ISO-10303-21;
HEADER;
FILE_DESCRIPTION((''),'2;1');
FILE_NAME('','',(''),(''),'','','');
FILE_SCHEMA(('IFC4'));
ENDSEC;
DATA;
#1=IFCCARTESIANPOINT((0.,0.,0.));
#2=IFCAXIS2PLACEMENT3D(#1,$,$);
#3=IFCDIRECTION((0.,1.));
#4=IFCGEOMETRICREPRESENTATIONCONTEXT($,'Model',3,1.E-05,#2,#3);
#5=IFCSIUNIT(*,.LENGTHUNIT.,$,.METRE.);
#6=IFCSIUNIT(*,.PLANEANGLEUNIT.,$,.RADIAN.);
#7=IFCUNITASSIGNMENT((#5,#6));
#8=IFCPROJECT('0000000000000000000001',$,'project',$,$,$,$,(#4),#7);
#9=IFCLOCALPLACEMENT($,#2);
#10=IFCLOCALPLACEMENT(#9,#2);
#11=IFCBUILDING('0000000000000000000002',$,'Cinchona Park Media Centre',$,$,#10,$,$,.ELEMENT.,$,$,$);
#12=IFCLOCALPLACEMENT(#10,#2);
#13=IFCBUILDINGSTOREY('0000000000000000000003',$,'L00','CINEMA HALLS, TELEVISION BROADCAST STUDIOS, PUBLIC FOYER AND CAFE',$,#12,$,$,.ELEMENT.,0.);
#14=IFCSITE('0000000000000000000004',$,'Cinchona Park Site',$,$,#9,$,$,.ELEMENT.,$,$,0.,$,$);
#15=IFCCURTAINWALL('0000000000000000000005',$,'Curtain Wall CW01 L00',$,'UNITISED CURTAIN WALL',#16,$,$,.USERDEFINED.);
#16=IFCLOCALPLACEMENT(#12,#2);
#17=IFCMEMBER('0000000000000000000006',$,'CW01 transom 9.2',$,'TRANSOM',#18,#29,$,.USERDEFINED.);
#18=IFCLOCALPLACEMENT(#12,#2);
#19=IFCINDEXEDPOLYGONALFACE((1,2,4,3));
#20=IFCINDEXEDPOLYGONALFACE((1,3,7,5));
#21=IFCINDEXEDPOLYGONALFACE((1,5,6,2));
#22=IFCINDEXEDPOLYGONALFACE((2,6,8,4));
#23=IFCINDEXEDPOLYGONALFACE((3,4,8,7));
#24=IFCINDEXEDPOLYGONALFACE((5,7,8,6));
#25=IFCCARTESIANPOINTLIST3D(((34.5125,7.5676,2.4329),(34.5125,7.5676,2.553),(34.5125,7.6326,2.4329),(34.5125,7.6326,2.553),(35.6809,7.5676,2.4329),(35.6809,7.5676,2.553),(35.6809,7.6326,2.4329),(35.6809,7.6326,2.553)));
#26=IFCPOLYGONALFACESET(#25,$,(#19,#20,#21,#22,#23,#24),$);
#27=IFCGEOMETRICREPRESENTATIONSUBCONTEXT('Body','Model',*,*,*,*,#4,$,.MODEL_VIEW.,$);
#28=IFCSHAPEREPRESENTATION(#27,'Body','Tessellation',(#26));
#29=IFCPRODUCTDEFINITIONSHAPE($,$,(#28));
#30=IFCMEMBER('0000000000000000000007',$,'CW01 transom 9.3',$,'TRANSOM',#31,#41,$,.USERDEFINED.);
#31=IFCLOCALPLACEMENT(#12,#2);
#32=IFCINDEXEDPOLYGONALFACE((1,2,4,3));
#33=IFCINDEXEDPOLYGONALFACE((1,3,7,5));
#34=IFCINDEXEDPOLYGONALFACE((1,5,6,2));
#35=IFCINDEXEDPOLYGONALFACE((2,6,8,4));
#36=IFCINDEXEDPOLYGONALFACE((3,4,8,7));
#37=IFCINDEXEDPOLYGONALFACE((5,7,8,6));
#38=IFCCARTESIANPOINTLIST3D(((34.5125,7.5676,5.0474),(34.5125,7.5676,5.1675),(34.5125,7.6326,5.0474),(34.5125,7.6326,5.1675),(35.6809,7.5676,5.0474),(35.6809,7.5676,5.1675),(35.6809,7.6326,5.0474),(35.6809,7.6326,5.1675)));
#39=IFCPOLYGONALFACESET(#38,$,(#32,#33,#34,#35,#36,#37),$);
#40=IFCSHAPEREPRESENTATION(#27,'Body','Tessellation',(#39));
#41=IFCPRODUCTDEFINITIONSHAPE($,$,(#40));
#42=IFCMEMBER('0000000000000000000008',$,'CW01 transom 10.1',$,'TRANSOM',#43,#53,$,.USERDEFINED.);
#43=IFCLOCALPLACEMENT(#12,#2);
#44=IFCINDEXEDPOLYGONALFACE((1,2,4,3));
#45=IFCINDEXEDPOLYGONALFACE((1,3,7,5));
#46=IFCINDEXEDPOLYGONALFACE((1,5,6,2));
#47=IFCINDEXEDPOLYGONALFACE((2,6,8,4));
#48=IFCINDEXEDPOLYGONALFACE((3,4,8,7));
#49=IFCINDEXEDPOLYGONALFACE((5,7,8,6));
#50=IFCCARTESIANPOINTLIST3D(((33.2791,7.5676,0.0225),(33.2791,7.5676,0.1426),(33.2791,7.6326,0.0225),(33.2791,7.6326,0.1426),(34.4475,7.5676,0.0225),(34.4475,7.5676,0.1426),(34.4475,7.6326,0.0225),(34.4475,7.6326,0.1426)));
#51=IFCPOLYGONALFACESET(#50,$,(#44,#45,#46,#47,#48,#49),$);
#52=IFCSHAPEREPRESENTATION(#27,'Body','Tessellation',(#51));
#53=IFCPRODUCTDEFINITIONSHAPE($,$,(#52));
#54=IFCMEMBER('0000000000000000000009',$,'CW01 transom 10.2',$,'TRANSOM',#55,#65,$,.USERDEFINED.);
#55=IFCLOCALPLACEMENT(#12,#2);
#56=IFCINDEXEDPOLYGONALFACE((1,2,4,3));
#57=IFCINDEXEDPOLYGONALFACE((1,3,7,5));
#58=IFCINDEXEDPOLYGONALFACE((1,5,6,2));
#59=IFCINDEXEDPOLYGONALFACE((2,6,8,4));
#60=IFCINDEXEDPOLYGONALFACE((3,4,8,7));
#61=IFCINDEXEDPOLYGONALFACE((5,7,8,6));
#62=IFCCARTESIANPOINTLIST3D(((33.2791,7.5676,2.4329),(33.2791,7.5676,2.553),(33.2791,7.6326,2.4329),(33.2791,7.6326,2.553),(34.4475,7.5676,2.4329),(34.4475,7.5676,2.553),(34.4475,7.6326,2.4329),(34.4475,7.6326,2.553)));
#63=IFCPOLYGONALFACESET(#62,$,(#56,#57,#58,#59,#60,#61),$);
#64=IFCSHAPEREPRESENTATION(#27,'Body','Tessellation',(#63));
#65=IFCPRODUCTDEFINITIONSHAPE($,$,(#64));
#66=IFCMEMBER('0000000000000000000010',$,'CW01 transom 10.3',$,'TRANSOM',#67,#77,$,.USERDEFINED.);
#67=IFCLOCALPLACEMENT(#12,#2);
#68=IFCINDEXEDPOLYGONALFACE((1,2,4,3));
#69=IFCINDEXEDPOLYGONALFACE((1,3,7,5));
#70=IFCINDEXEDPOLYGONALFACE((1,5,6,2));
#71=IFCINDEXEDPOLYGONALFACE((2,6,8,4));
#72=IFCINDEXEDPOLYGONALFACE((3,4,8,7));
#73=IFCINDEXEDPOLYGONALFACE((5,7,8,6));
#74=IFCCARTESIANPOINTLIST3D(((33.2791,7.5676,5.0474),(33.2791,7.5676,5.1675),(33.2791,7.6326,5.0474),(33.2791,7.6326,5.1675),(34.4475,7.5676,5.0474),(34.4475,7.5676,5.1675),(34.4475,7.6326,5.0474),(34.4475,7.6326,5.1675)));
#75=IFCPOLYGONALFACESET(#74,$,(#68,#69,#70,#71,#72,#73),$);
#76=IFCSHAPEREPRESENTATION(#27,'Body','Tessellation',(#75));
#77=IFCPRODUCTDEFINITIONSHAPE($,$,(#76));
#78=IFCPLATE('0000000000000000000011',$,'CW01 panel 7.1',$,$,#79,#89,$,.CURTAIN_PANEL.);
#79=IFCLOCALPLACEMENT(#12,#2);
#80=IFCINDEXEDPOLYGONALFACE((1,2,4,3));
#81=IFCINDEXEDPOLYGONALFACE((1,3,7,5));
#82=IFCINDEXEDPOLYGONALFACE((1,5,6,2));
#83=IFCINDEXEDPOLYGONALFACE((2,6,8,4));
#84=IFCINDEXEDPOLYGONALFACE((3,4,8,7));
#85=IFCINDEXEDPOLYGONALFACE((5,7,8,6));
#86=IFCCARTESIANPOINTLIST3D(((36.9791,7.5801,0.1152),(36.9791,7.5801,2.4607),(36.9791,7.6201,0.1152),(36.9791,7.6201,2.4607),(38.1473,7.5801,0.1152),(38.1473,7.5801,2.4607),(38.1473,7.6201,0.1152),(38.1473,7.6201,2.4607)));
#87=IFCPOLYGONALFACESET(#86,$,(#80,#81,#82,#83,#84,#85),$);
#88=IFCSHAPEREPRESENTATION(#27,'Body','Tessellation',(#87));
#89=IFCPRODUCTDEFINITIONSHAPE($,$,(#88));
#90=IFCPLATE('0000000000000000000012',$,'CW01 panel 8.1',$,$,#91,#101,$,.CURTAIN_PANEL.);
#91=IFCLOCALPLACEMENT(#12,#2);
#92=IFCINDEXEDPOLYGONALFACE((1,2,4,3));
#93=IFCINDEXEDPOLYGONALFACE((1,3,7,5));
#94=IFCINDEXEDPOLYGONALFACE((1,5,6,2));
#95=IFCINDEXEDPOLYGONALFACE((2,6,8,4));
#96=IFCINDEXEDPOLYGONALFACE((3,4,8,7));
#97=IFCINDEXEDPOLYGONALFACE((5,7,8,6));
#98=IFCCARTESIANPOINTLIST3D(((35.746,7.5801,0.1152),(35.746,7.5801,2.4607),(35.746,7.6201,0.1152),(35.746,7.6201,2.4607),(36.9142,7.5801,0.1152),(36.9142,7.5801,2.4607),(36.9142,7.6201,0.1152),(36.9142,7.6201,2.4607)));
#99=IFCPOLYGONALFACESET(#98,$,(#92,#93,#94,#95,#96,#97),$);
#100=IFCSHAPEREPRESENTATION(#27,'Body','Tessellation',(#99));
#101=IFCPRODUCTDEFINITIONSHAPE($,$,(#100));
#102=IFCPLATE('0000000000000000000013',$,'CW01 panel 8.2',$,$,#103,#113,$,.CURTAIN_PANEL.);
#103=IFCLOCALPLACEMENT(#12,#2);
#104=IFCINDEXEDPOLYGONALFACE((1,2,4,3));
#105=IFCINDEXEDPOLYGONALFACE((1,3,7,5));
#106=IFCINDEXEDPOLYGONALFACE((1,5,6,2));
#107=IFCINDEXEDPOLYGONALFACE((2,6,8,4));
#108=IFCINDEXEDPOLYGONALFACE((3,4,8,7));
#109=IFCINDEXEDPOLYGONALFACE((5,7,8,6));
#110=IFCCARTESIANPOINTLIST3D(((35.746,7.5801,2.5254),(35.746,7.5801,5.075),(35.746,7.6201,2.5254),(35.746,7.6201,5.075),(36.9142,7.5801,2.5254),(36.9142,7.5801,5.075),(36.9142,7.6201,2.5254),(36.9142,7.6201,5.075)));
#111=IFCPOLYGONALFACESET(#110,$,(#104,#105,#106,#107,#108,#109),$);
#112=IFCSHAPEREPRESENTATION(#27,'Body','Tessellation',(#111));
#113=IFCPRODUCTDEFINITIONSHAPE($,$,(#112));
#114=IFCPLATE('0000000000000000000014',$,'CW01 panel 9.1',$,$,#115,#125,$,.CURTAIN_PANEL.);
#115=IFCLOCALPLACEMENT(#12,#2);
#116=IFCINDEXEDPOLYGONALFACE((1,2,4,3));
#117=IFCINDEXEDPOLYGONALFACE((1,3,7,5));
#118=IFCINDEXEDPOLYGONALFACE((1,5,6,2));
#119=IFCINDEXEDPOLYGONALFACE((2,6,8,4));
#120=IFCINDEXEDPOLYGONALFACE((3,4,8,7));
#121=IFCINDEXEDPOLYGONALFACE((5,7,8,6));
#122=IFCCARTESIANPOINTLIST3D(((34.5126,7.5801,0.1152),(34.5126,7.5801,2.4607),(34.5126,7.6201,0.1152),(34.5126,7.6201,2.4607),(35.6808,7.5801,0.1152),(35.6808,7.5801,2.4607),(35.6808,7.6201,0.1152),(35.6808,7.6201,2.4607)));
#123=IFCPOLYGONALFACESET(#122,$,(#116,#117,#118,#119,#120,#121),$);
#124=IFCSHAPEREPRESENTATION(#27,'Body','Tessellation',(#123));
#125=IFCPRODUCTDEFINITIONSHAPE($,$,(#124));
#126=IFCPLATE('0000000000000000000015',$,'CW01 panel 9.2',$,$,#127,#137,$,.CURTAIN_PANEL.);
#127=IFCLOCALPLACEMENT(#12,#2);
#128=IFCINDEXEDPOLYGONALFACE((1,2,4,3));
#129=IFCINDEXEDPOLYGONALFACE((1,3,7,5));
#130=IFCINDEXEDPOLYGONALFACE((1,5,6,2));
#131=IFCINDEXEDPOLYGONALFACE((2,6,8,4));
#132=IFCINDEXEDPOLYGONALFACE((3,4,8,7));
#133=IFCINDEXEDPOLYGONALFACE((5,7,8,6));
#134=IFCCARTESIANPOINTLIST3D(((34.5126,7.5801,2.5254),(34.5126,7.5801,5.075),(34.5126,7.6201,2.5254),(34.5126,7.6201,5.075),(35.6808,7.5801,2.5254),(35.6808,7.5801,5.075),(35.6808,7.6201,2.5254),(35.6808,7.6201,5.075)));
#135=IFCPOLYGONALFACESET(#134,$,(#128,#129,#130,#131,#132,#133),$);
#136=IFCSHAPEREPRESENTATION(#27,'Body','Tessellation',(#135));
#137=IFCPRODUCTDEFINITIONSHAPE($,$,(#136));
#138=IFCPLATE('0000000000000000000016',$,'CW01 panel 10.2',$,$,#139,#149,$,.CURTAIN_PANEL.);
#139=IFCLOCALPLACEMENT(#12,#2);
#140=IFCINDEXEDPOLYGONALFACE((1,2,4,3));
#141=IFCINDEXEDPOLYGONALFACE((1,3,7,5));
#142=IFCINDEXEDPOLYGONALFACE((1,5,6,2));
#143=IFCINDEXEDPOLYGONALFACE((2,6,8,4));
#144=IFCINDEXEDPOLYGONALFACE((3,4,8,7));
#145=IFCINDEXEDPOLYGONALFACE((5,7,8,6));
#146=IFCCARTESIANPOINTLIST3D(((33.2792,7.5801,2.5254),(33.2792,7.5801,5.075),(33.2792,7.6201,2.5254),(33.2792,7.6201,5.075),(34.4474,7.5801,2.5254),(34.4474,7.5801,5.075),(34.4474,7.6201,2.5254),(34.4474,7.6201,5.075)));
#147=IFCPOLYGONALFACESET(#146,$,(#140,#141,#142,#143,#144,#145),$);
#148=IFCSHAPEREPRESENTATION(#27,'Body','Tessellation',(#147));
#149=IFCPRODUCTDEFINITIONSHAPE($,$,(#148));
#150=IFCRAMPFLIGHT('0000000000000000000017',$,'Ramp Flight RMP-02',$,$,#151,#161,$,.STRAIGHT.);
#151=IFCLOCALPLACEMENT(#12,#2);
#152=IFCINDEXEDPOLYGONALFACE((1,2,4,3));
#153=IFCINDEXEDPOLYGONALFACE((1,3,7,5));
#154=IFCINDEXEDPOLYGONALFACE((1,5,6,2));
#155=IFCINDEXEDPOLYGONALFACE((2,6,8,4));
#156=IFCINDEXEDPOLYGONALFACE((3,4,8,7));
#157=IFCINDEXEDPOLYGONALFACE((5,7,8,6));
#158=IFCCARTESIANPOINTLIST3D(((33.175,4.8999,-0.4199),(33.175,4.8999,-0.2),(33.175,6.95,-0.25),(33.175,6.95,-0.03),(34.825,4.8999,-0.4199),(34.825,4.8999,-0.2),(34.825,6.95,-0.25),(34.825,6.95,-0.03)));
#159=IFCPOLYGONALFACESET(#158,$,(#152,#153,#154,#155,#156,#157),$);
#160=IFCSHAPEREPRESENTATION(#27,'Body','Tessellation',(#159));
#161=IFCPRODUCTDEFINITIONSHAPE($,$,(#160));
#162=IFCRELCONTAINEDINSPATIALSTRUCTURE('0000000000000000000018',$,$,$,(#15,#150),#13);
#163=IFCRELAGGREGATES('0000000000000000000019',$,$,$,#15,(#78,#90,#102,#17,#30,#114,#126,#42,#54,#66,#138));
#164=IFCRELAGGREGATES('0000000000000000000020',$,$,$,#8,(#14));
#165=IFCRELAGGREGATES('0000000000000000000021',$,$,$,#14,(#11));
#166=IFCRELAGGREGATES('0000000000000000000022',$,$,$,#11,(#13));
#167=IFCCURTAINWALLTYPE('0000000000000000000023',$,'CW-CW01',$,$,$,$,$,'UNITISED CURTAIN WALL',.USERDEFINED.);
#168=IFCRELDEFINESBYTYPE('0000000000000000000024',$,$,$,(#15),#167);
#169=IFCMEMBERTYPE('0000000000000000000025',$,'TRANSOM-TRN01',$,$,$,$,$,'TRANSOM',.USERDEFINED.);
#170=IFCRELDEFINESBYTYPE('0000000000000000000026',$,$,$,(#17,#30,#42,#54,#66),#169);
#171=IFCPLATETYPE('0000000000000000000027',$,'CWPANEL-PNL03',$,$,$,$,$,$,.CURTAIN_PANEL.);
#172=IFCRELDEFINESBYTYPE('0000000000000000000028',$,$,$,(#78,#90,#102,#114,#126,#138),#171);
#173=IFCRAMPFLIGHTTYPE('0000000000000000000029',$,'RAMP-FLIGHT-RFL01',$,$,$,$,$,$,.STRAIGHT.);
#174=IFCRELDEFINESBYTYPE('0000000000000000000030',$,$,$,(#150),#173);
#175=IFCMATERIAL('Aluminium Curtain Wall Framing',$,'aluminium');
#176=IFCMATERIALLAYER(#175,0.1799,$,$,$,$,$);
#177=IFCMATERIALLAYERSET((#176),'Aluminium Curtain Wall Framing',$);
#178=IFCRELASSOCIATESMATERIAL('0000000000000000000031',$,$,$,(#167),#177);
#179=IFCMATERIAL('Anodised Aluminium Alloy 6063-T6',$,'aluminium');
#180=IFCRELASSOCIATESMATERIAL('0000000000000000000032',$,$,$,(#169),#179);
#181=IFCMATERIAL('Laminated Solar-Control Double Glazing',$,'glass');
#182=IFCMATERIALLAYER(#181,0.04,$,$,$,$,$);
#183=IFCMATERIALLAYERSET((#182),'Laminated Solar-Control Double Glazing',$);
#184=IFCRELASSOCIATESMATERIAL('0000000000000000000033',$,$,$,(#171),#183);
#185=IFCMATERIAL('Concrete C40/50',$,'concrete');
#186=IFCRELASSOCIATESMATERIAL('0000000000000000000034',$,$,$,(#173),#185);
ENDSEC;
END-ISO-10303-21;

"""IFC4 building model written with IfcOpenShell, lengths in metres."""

from ifc_helpers import new_model, si_unit, direction, frame, origin, origin_2d, place, context, subcontext, project, spatial, polyline, rectangle, outline, extrude, material, layer, layer_set, material_profile, profile_set, type_object, element, aggregate, save


model = new_model("IFC4")

# Units and contexts
model_context = context("Model", 3, precision=1e-05, world=origin(), true_north=direction((0.0, 1.0)))
body_context = subcontext(model_context, "Body", "Model", "MODEL_VIEW")
ifc_project = project(units=[si_unit("LENGTHUNIT", "METRE"), si_unit("PLANEANGLEUNIT", "RADIAN")], contexts=[model_context])

# Site, building, storey
site_placement = place(None, origin())
site = spatial("IfcSite", under=ifc_project, at=site_placement, Name="Cinchona Park Site", CompositionType="ELEMENT", RefElevation=0.0)
building_placement = place(site_placement, origin())
building = spatial("IfcBuilding", under=site, at=building_placement, Name="Cinchona Park Media Centre", CompositionType="ELEMENT")
storey_placement = place(building_placement, origin())
storey = spatial("IfcBuildingStorey", under=building, at=storey_placement, Name="L00", Description="CINEMA HALLS, TELEVISION BROADCAST STUDIOS, PUBLIC FOYER AND CAFE", CompositionType="ELEMENT", Elevation=0.0)

# Curtain wall, members, plates
ifc_material_1 = material(Name="Aluminium Curtain Wall Framing", Category="aluminium")
ifc_layer_1 = layer(ifc_material_1, 0.1799)
ifc_layer_set_1 = layer_set([ifc_layer_1], Name="Aluminium Curtain Wall Framing")
curtain_wall_type = type_object("IfcCurtainWallType", Name="CW-CW01", ElementType="UNITISED CURTAIN WALL", PredefinedType="USERDEFINED", material=ifc_layer_set_1)
curtain_wall_placement = place(storey_placement, origin())
curtain_wall = element("IfcCurtainWall", 1, at=curtain_wall_placement, inside=storey, type_object=curtain_wall_type, Name="Curtain Wall CW01 L00", ObjectType="UNITISED CURTAIN WALL", PredefinedType="USERDEFINED")
ifc_material_2 = material(Name="Anodised Aluminium Alloy 6063-T6", Category="aluminium")
ifc_material_profile_1 = material_profile(ifc_material_2, rectangle(XDim=0.0649, YDim=0.1201, at=origin_2d()), Name="TRN-65X120")
ifc_profile_set_1 = profile_set([ifc_material_profile_1], Name="Anodised Aluminium Alloy 6063-T6")
member_type_1 = type_object("IfcMemberType", Name="TRANSOM-TRN01", ElementType="TRANSOM", PredefinedType="USERDEFINED", material=ifc_profile_set_1)
member_1_placement = place(storey_placement, frame((35.6809, 7.6001, 2.4929), z_axis=(-1.0, 0.0, 0.0), x_axis=(0.0, -1.0, 0.0)))
member_1 = element("IfcMember", 2, at=member_1_placement, type_object=member_type_1, Name="CW01 transom 9.2", ObjectType="TRANSOM", PredefinedType="USERDEFINED", context=body_context, shape_type="SweptSolid", body=[
    extrude(rectangle(XDim=0.0649, YDim=0.1201, at=origin_2d()), origin(), (0.0, 0.0, 1.0), 1.1685),
])
member_2_placement = place(storey_placement, frame((35.6809, 7.6001, 5.1074), z_axis=(-1.0, 0.0, 0.0), x_axis=(0.0, -1.0, 0.0)))
member_2 = element("IfcMember", 3, at=member_2_placement, type_object=member_type_1, Name="CW01 transom 9.3", ObjectType="TRANSOM", PredefinedType="USERDEFINED", context=body_context, shape_type="SweptSolid", body=[
    extrude(rectangle(XDim=0.0649, YDim=0.1201, at=origin_2d()), origin(), (0.0, 0.0, 1.0), 1.1685),
])
member_3_placement = place(storey_placement, frame((34.4475, 7.6001, 0.0825), z_axis=(-1.0, 0.0, 0.0), x_axis=(0.0, -1.0, 0.0)))
member_3 = element("IfcMember", 4, at=member_3_placement, type_object=member_type_1, Name="CW01 transom 10.1", ObjectType="TRANSOM", PredefinedType="USERDEFINED", context=body_context, shape_type="SweptSolid", body=[
    extrude(rectangle(XDim=0.0649, YDim=0.1201, at=origin_2d()), origin(), (0.0, 0.0, 1.0), 1.1685),
])
member_4_placement = place(storey_placement, frame((34.4475, 7.6001, 2.4929), z_axis=(-1.0, 0.0, 0.0), x_axis=(0.0, -1.0, 0.0)))
member_4 = element("IfcMember", 5, at=member_4_placement, type_object=member_type_1, Name="CW01 transom 10.2", ObjectType="TRANSOM", PredefinedType="USERDEFINED", context=body_context, shape_type="SweptSolid", body=[
    extrude(rectangle(XDim=0.0649, YDim=0.1201, at=origin_2d()), origin(), (0.0, 0.0, 1.0), 1.1685),
])
member_5_placement = place(storey_placement, frame((34.4475, 7.6001, 5.1074), z_axis=(-1.0, 0.0, 0.0), x_axis=(0.0, -1.0, 0.0)))
member_5 = element("IfcMember", 6, at=member_5_placement, type_object=member_type_1, Name="CW01 transom 10.3", ObjectType="TRANSOM", PredefinedType="USERDEFINED", context=body_context, shape_type="SweptSolid", body=[
    extrude(rectangle(XDim=0.0649, YDim=0.1201, at=origin_2d()), origin(), (0.0, 0.0, 1.0), 1.1685),
])
ifc_material_3 = material(Name="Laminated Solar-Control Double Glazing", Category="glass")
ifc_layer_2 = layer(ifc_material_3, 0.04)
ifc_layer_set_2 = layer_set([ifc_layer_2], Name="Laminated Solar-Control Double Glazing")
plate_type = type_object("IfcPlateType", Name="CWPANEL-PNL03", PredefinedType="CURTAIN_PANEL", material=ifc_layer_set_2)
plate_1_placement = place(storey_placement, frame((37.5632, 7.6001, 0.1152), z_axis=(0.0, 0.0, 1.0), x_axis=(-1.0, 0.0, 0.0)))
plate_1 = element("IfcPlate", 7, at=plate_1_placement, type_object=plate_type, Name="CW01 panel 7.1", PredefinedType="CURTAIN_PANEL", context=body_context, shape_type="SweptSolid", body=[
    extrude(rectangle(XDim=1.1682, YDim=0.04, at=origin_2d()), origin(), (0.0, 0.0, 1.0), 2.3455),
])
plate_2_placement = place(storey_placement, frame((36.3301, 7.6001, 0.1152), z_axis=(0.0, 0.0, 1.0), x_axis=(-1.0, 0.0, 0.0)))
plate_2 = element("IfcPlate", 8, at=plate_2_placement, type_object=plate_type, Name="CW01 panel 8.1", PredefinedType="CURTAIN_PANEL", context=body_context, shape_type="SweptSolid", body=[
    extrude(rectangle(XDim=1.1682, YDim=0.04, at=origin_2d()), origin(), (0.0, 0.0, 1.0), 2.3455),
])
plate_3_placement = place(storey_placement, frame((36.3301, 7.6001, 2.5254), z_axis=(0.0, 0.0, 1.0), x_axis=(-1.0, 0.0, 0.0)))
plate_3 = element("IfcPlate", 9, at=plate_3_placement, type_object=plate_type, Name="CW01 panel 8.2", PredefinedType="CURTAIN_PANEL", context=body_context, shape_type="SweptSolid", body=[
    extrude(rectangle(XDim=1.1682, YDim=0.04, at=origin_2d()), origin(), (0.0, 0.0, 1.0), 2.5496),
])
plate_4_placement = place(storey_placement, frame((35.0967, 7.6001, 0.1152), z_axis=(0.0, 0.0, 1.0), x_axis=(-1.0, 0.0, 0.0)))
plate_4 = element("IfcPlate", 10, at=plate_4_placement, type_object=plate_type, Name="CW01 panel 9.1", PredefinedType="CURTAIN_PANEL", context=body_context, shape_type="SweptSolid", body=[
    extrude(rectangle(XDim=1.1682, YDim=0.04, at=origin_2d()), origin(), (0.0, 0.0, 1.0), 2.3455),
])
plate_5_placement = place(storey_placement, frame((35.0967, 7.6001, 2.5254), z_axis=(0.0, 0.0, 1.0), x_axis=(-1.0, 0.0, 0.0)))
plate_5 = element("IfcPlate", 11, at=plate_5_placement, type_object=plate_type, Name="CW01 panel 9.2", PredefinedType="CURTAIN_PANEL", context=body_context, shape_type="SweptSolid", body=[
    extrude(rectangle(XDim=1.1682, YDim=0.04, at=origin_2d()), origin(), (0.0, 0.0, 1.0), 2.5496),
])
plate_6_placement = place(storey_placement, frame((33.8633, 7.6001, 2.5254), z_axis=(0.0, 0.0, 1.0), x_axis=(-1.0, 0.0, 0.0)))
plate_6 = element("IfcPlate", 12, at=plate_6_placement, type_object=plate_type, Name="CW01 panel 10.2", PredefinedType="CURTAIN_PANEL", context=body_context, shape_type="SweptSolid", body=[
    extrude(rectangle(XDim=1.1682, YDim=0.04, at=origin_2d()), origin(), (0.0, 0.0, 1.0), 2.5496),
])
aggregate(curtain_wall, [plate_1, plate_2, plate_3, member_1, member_2, plate_4, plate_5, member_3, member_4, member_5, plate_6])

# Ramp flight
ifc_material_4 = material(Name="Concrete C40/50", Category="concrete")
ramp_flight_type = type_object("IfcRampFlightType", Name="RAMP-FLIGHT-RFL01", PredefinedType="STRAIGHT", material=ifc_material_4)
ramp_flight_placement = place(storey_placement, frame((34.0, 4.8999, -0.2), z_axis=(0.0, 0.0, 1.0), x_axis=(0.0, 1.0, 0.0)))
element("IfcRampFlight", 13, at=ramp_flight_placement, inside=storey, type_object=ramp_flight_type, Name="Ramp Flight RMP-02", PredefinedType="STRAIGHT", context=body_context, shape_type="SweptSolid", body=[
    extrude(outline(polyline([(0.0, 0.0), (2.05, 0.1699), (2.05, -0.05), (0.0, -0.22), (0.0, 0.0)])), frame((0.0, 0.825, 0.0), z_axis=(0.0, -1.0, 0.0), x_axis=(1.0, 0.0, 0.0)), (0.0, 0.0, 1.0), 1.6499),
])

save(model, "model.ifc")
